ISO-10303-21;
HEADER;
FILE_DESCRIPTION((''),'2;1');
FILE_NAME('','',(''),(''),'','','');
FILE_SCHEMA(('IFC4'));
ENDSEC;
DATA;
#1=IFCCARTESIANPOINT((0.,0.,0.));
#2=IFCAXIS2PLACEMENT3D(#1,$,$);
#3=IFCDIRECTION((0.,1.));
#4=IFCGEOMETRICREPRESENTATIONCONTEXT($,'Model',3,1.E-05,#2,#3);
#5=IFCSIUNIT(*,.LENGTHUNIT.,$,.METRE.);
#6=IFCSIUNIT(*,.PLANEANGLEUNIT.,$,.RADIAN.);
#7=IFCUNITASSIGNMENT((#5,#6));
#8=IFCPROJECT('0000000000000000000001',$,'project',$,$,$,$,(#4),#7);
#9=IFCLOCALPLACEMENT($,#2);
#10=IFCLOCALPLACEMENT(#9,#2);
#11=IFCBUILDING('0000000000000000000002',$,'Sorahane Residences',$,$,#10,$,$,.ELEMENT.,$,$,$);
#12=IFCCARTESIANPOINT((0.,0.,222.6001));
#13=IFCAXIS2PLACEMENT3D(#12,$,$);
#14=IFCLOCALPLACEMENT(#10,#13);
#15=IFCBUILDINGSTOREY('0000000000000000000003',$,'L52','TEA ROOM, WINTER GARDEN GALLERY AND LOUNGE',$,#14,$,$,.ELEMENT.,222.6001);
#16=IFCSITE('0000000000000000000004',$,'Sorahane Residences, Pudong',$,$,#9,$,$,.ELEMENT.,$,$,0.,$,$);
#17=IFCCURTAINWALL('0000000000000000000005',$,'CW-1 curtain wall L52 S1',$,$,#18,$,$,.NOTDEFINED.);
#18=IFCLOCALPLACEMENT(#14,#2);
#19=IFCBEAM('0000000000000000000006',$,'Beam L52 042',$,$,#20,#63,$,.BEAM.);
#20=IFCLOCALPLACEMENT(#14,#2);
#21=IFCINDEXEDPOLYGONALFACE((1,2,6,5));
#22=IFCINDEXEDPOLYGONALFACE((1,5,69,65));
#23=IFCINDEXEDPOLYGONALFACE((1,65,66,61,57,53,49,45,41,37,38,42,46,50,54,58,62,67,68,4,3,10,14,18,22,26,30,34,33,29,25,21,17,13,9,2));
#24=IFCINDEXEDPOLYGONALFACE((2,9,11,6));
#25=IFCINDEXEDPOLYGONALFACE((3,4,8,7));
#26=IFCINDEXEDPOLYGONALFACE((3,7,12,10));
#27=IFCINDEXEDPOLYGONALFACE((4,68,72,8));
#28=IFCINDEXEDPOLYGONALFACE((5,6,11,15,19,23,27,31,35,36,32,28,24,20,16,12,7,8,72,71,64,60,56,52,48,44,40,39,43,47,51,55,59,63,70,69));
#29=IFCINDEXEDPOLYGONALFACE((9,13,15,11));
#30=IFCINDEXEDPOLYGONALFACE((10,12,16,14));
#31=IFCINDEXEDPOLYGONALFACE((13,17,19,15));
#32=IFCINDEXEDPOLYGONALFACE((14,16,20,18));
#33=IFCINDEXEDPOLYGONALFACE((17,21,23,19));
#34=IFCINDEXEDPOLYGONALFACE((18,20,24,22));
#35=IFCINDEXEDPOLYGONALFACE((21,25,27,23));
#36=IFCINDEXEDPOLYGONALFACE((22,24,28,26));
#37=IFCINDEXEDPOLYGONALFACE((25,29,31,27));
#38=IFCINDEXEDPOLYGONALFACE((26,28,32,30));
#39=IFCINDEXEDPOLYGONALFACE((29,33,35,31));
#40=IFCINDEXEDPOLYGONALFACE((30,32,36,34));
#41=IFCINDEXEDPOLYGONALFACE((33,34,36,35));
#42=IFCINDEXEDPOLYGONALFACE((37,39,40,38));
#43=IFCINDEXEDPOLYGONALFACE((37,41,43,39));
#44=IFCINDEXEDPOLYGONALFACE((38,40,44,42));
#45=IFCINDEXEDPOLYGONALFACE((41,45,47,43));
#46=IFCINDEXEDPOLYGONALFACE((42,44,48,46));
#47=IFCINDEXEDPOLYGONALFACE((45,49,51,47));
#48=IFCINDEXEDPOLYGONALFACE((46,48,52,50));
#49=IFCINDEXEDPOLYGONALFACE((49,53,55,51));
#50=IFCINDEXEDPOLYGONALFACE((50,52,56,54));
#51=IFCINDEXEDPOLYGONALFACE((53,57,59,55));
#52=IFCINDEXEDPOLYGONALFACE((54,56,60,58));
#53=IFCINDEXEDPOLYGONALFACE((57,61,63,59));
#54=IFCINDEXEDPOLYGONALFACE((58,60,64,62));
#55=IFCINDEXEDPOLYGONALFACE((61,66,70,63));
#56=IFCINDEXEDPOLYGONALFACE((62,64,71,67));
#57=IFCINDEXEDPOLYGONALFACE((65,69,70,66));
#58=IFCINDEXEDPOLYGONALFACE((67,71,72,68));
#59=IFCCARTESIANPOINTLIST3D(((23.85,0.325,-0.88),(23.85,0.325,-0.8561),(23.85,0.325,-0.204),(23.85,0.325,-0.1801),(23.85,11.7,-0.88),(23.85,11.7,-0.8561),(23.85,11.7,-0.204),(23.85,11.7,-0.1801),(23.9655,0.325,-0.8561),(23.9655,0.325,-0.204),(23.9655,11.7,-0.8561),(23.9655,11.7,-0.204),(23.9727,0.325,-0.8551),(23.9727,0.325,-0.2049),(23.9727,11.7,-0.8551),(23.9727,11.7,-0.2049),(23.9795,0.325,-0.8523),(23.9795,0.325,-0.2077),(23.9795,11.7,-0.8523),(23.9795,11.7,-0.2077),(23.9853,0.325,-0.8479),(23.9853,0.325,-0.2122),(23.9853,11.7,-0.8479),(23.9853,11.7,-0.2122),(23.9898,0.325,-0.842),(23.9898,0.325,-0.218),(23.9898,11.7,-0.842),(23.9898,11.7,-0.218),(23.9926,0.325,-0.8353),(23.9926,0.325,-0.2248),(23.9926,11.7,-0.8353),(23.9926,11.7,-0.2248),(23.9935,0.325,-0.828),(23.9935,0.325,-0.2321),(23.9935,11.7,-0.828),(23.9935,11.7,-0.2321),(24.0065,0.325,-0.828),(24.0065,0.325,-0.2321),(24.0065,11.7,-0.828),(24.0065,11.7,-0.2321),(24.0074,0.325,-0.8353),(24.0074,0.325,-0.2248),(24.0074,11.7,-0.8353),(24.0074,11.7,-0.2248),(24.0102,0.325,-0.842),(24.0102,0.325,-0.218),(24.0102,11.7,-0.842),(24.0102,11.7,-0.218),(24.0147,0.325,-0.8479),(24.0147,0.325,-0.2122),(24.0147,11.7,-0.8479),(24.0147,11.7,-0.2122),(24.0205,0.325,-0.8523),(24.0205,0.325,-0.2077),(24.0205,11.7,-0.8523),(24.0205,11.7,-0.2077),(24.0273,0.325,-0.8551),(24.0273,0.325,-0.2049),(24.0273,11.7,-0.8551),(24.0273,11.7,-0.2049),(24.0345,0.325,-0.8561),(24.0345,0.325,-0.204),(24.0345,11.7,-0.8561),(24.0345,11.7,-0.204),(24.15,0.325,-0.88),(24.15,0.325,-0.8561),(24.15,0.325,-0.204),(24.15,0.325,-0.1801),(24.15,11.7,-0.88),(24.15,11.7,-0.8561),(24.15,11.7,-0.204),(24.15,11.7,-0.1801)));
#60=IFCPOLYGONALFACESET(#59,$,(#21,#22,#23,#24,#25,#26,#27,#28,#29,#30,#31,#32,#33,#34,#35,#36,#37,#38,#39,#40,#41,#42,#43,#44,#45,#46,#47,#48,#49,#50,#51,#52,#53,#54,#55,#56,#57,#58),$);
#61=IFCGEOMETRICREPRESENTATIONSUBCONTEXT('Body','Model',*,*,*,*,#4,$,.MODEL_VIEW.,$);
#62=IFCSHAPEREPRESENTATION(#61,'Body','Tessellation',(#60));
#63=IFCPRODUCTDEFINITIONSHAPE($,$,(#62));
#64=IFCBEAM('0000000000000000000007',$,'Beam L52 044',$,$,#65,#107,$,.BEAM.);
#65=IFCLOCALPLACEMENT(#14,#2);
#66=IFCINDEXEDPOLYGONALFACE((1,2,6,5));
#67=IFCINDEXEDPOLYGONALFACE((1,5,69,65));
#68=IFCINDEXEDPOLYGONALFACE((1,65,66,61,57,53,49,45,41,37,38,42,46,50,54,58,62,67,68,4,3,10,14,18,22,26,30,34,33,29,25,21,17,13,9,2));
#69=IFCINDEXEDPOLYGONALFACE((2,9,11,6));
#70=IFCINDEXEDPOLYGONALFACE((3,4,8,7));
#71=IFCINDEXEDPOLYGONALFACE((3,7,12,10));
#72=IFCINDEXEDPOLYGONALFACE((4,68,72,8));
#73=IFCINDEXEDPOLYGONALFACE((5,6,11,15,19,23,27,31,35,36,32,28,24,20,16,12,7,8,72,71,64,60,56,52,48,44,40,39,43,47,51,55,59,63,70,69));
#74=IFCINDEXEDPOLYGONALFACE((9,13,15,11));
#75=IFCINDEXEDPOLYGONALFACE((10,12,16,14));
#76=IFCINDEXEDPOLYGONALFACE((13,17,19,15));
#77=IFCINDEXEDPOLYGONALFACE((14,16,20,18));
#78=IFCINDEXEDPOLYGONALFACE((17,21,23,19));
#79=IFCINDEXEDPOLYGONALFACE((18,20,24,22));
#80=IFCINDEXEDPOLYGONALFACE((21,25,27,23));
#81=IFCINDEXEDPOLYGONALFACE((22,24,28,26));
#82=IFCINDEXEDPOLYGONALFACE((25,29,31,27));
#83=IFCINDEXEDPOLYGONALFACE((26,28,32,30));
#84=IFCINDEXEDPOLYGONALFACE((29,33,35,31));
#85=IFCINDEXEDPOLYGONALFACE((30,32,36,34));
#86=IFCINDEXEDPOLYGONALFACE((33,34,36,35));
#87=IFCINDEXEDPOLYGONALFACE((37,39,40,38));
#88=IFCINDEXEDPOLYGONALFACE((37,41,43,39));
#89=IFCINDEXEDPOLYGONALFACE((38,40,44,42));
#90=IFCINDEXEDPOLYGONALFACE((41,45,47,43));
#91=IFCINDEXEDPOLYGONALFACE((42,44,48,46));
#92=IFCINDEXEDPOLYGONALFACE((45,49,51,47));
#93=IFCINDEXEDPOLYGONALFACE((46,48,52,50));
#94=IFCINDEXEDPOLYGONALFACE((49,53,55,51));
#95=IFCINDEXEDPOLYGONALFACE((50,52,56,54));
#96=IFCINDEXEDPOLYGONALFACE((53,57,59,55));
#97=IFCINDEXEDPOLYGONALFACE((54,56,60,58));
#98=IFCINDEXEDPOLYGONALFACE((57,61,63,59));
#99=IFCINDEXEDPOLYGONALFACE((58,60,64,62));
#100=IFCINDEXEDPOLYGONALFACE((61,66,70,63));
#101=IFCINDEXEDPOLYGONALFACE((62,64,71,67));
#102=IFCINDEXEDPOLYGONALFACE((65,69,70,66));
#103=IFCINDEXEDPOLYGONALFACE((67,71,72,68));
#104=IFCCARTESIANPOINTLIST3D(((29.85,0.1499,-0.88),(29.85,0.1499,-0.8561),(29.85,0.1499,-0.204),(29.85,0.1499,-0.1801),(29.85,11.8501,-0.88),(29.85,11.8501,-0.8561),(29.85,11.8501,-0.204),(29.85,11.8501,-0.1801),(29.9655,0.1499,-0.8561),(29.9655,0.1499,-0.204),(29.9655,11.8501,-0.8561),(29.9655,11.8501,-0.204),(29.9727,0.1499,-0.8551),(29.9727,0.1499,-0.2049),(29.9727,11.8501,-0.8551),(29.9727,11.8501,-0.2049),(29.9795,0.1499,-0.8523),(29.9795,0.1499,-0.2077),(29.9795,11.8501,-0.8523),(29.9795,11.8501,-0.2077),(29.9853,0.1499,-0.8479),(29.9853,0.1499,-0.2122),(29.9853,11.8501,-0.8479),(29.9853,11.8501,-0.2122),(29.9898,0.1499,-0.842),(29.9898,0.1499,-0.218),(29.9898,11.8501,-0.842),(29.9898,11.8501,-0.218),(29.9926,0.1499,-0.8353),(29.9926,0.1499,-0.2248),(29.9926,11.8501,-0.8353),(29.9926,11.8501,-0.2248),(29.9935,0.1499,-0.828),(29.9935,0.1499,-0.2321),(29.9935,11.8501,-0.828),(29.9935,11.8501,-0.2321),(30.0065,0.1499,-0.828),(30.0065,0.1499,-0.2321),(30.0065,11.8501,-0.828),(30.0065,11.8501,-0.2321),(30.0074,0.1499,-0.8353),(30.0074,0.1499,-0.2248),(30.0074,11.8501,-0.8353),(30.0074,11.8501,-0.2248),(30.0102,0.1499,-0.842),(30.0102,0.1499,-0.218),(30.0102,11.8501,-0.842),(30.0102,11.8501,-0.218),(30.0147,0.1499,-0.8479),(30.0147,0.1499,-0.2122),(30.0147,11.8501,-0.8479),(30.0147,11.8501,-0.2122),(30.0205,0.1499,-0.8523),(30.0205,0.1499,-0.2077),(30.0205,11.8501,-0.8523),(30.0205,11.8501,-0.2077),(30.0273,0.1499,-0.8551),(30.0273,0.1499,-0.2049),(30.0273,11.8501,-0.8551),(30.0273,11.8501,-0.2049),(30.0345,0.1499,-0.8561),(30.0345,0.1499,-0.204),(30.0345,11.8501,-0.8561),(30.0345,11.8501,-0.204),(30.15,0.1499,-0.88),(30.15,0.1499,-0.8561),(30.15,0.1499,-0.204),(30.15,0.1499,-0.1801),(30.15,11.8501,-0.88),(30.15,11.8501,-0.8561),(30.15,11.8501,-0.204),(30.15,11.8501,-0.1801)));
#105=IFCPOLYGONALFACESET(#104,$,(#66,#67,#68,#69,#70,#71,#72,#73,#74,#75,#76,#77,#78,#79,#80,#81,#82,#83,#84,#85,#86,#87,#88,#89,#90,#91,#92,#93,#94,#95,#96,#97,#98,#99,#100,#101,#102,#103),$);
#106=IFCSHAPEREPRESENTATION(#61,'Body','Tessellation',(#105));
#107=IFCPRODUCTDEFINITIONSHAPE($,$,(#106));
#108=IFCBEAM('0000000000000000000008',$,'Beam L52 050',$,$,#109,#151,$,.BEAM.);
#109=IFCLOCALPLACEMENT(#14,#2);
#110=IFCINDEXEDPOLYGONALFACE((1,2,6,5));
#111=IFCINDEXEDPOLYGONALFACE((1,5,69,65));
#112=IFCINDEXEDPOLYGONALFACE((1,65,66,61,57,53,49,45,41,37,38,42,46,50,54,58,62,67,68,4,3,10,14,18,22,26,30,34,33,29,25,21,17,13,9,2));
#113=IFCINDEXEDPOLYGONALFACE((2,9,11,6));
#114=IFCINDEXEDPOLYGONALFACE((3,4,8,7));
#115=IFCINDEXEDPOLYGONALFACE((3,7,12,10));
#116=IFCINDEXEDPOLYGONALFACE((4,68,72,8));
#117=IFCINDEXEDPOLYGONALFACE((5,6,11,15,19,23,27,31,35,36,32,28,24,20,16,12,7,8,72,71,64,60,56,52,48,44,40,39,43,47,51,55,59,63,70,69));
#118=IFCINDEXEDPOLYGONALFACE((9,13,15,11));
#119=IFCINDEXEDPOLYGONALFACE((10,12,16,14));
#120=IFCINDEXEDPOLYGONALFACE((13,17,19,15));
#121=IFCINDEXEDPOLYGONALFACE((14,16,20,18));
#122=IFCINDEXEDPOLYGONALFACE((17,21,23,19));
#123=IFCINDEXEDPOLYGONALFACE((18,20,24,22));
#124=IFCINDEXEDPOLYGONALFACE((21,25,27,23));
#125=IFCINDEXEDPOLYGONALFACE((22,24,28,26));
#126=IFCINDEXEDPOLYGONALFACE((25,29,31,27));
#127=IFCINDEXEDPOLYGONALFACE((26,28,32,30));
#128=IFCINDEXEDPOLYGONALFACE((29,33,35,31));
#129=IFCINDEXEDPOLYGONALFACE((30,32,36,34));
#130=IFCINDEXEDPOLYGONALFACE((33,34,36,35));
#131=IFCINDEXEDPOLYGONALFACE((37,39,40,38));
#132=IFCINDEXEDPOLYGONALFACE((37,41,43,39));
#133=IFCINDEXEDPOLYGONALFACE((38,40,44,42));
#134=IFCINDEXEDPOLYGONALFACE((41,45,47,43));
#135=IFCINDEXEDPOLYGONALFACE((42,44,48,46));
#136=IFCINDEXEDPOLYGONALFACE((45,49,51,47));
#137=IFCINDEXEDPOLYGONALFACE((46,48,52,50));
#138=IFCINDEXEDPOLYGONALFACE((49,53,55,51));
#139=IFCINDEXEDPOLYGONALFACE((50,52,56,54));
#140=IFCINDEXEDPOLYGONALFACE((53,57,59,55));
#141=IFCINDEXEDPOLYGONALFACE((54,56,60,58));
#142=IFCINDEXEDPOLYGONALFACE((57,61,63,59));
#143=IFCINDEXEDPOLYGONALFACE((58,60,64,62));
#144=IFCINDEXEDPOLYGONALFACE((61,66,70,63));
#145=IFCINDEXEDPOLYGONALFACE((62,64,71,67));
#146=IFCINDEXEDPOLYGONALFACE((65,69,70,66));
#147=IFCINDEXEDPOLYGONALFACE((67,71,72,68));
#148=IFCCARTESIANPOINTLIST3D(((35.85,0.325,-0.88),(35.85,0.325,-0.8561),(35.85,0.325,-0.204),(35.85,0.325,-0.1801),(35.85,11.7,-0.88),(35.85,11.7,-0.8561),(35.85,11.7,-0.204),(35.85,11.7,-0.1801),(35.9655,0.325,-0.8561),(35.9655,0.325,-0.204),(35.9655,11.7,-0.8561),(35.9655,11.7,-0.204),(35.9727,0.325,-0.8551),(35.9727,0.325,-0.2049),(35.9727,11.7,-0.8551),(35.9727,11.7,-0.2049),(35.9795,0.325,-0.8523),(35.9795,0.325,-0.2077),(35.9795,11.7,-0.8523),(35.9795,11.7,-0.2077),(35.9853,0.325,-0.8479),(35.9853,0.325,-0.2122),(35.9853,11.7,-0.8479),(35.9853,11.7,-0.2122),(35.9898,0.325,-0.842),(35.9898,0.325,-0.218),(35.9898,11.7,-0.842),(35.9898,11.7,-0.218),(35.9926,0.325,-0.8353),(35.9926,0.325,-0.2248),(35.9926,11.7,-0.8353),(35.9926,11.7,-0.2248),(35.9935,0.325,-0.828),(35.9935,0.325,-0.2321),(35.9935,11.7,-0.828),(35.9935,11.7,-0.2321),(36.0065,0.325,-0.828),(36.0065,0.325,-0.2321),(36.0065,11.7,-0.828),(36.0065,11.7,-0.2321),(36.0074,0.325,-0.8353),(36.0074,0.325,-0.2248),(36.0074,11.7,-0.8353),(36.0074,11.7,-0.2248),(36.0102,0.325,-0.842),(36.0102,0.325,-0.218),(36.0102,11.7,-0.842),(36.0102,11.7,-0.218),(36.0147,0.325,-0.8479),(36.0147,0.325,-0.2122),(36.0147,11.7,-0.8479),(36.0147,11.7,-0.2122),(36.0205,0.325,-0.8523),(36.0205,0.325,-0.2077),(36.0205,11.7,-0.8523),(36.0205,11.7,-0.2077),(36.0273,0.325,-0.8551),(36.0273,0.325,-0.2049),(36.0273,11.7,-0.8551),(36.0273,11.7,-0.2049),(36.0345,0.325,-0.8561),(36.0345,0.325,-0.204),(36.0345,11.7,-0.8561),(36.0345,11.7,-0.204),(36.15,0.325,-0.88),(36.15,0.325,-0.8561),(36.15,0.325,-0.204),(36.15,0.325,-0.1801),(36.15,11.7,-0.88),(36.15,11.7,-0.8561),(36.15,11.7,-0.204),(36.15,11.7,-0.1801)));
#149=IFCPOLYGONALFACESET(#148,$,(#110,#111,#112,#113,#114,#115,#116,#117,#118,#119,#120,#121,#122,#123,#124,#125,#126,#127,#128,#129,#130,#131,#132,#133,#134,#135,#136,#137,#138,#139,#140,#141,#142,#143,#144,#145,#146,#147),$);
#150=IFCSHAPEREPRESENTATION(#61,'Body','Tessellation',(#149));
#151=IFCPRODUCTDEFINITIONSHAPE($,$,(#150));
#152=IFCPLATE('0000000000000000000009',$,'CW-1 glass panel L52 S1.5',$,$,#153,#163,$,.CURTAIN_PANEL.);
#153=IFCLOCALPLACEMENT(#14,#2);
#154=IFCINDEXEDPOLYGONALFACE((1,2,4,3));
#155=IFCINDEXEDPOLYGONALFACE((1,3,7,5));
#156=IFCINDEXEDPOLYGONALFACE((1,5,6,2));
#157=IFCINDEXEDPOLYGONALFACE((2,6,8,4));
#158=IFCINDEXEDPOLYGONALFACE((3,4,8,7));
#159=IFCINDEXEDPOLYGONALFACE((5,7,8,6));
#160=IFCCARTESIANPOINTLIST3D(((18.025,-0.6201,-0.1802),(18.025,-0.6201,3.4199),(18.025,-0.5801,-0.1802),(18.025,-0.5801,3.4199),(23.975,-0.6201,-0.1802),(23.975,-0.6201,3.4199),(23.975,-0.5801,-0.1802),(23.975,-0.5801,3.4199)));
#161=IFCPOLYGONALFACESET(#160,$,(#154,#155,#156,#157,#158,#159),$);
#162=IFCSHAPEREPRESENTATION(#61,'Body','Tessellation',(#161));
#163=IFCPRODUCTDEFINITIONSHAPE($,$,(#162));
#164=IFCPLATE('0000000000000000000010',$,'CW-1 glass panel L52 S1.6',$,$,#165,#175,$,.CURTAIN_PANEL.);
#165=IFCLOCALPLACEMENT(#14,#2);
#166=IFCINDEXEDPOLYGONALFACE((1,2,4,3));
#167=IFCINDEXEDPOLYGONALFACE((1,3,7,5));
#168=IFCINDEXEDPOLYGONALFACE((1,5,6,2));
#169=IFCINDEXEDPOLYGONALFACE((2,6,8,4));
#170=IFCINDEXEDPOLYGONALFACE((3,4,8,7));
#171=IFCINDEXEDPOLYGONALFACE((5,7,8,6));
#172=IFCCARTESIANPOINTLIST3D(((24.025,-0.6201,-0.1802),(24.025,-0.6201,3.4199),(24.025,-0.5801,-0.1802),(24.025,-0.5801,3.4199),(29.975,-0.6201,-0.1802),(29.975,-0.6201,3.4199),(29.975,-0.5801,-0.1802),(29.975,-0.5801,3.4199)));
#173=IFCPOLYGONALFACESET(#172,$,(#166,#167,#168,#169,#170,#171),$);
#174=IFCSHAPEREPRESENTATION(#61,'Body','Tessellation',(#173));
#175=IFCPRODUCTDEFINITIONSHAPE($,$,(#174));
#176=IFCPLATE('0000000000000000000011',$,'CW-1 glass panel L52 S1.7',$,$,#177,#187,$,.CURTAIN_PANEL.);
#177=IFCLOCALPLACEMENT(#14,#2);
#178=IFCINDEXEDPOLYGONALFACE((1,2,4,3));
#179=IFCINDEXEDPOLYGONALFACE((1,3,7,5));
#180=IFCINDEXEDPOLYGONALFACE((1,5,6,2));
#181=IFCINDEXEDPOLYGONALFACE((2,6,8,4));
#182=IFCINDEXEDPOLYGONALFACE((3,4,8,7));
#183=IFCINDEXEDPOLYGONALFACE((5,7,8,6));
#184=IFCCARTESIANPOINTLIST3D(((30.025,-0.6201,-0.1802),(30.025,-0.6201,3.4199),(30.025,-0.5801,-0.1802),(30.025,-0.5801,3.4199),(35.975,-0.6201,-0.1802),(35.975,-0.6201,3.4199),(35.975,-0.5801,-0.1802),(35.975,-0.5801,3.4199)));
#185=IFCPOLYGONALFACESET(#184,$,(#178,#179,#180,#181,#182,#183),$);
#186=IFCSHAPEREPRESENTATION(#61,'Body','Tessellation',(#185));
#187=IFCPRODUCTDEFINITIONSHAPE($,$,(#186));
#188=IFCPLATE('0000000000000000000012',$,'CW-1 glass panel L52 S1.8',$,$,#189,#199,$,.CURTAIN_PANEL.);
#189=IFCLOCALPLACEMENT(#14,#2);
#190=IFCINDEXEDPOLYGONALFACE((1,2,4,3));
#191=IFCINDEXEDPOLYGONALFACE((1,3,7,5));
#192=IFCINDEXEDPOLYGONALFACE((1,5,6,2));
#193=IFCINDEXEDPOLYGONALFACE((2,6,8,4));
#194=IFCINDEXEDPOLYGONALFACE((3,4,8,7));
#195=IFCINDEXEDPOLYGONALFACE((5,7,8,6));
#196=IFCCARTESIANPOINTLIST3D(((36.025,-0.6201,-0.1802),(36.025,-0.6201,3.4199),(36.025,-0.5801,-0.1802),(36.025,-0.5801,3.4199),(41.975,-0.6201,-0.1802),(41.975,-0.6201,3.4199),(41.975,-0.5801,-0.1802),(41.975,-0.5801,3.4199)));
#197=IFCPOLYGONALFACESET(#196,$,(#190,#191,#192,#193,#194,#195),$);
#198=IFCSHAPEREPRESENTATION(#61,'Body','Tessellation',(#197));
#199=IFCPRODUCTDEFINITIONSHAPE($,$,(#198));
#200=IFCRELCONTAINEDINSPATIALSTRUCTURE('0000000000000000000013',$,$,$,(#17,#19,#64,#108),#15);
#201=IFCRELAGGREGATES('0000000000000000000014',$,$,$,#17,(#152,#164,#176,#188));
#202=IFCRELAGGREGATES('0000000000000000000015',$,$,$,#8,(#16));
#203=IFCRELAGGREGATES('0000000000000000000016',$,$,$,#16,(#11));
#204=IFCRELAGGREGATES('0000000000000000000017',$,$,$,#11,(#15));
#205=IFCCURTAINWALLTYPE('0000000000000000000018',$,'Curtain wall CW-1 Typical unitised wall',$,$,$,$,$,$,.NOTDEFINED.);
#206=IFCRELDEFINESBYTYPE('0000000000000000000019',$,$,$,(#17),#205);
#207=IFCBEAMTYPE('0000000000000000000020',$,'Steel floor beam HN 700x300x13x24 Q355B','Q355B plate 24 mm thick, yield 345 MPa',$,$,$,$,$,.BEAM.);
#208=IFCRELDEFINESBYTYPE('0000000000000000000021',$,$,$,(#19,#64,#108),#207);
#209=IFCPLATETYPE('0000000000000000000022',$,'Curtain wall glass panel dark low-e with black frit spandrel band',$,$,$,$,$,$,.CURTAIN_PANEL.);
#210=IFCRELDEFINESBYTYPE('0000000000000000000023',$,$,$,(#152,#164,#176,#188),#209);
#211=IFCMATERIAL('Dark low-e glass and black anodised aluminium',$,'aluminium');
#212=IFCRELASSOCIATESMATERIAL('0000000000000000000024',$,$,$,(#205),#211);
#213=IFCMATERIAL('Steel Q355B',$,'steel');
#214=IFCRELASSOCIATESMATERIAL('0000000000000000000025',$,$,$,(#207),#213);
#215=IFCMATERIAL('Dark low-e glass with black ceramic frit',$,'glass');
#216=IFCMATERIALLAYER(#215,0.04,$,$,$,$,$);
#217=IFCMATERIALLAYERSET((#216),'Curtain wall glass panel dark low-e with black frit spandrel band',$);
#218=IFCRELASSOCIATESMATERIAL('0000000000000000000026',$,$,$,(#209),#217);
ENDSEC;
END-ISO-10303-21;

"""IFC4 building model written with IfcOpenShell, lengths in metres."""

from ifc_helpers import new_model, si_unit, direction, frame, origin, origin_2d, place, context, subcontext, project, spatial, rectangle, i_section, extrude, material, layer, layer_set, material_profile, profile_set, type_object, element, aggregate, save


model = new_model("IFC4")

# Units and contexts
model_context = context("Model", 3, precision=1e-05, world=origin(), true_north=direction((0.0, 1.0)))
body_context = subcontext(model_context, "Body", "Model", "MODEL_VIEW")
ifc_project = project(units=[si_unit("LENGTHUNIT", "METRE"), si_unit("PLANEANGLEUNIT", "RADIAN")], contexts=[model_context])

# Site, building, storey
site_placement = place(None, origin())
site = spatial("IfcSite", under=ifc_project, at=site_placement, Name="Sorahane Residences, Pudong", CompositionType="ELEMENT", RefElevation=0.0)
building_placement = place(site_placement, origin())
building = spatial("IfcBuilding", under=site, at=building_placement, Name="Sorahane Residences", CompositionType="ELEMENT")
storey_placement = place(building_placement, frame((0.0, 0.0, 222.6001)))
storey = spatial("IfcBuildingStorey", under=building, at=storey_placement, Name="L52", Description="TEA ROOM, WINTER GARDEN GALLERY AND LOUNGE", CompositionType="ELEMENT", Elevation=222.6001)

# Curtain wall
ifc_material_1 = material(Name="Dark low-e glass and black anodised aluminium", Category="aluminium")
curtain_wall_type = type_object("IfcCurtainWallType", Name="Curtain wall CW-1 Typical unitised wall", PredefinedType="NOTDEFINED", material=ifc_material_1)
curtain_wall_placement = place(storey_placement, origin())
curtain_wall = element("IfcCurtainWall", 1, at=curtain_wall_placement, inside=storey, type_object=curtain_wall_type, Name="CW-1 curtain wall L52 S1", PredefinedType="NOTDEFINED")

# Beams
ifc_material_2 = material(Name="Steel Q355B", Category="steel")
ifc_material_profile_1 = material_profile(ifc_material_2, i_section(OverallWidth=0.3, OverallDepth=0.7, WebThickness=0.0129, FlangeThickness=0.0239, FilletRadius=0.0281, at=origin_2d()), Name="HN 700x300x13x24")
ifc_profile_set_1 = profile_set([ifc_material_profile_1], Name="Steel Q355B")
beam_type_1 = type_object("IfcBeamType", Name="Steel floor beam HN 700x300x13x24 Q355B", Description="Q355B plate 24 mm thick, yield 345 MPa", PredefinedType="BEAM", material=ifc_profile_set_1)
beam_1_placement = place(storey_placement, frame((24.0, 0.325, -0.53), z_axis=(0.0, 1.0, 0.0), x_axis=(-1.0, 0.0, 0.0)))
element("IfcBeam", 2, at=beam_1_placement, inside=storey, type_object=beam_type_1, Name="Beam L52 042", PredefinedType="BEAM", context=body_context, shape_type="SweptSolid", body=[
    extrude(i_section(OverallWidth=0.3, OverallDepth=0.7, WebThickness=0.0129, FlangeThickness=0.0239, FilletRadius=0.0281, at=origin_2d()), origin(), (0.0, 0.0, 1.0), 11.375),
])
beam_2_placement = place(storey_placement, frame((30.0, 0.1499, -0.53), z_axis=(0.0, 1.0, 0.0), x_axis=(-1.0, 0.0, 0.0)))
element("IfcBeam", 3, at=beam_2_placement, inside=storey, type_object=beam_type_1, Name="Beam L52 044", PredefinedType="BEAM", context=body_context, shape_type="SweptSolid", body=[
    extrude(i_section(OverallWidth=0.3, OverallDepth=0.7, WebThickness=0.0129, FlangeThickness=0.0239, FilletRadius=0.0281, at=origin_2d()), origin(), (0.0, 0.0, 1.0), 11.7002),
])
beam_3_placement = place(storey_placement, frame((36.0, 0.325, -0.53), z_axis=(0.0, 1.0, 0.0), x_axis=(-1.0, 0.0, 0.0)))
element("IfcBeam", 4, at=beam_3_placement, inside=storey, type_object=beam_type_1, Name="Beam L52 050", PredefinedType="BEAM", context=body_context, shape_type="SweptSolid", body=[
    extrude(i_section(OverallWidth=0.3, OverallDepth=0.7, WebThickness=0.0129, FlangeThickness=0.0239, FilletRadius=0.0281, at=origin_2d()), origin(), (0.0, 0.0, 1.0), 11.375),
])

# Plates
ifc_material_3 = material(Name="Dark low-e glass with black ceramic frit", Category="glass")
ifc_layer_1 = layer(ifc_material_3, 0.04)
ifc_layer_set_1 = layer_set([ifc_layer_1], Name="Curtain wall glass panel dark low-e with black frit spandrel band")
plate_type = type_object("IfcPlateType", Name="Curtain wall glass panel dark low-e with black frit spandrel band", PredefinedType="CURTAIN_PANEL", material=ifc_layer_set_1)
plate_1_placement = place(storey_placement, frame((21.0, -0.6001, -0.1802), z_axis=(0.0, 0.0, 1.0), x_axis=(1.0, 0.0, 0.0)))
plate_1 = element("IfcPlate", 5, at=plate_1_placement, type_object=plate_type, Name="CW-1 glass panel L52 S1.5", PredefinedType="CURTAIN_PANEL", context=body_context, shape_type="SweptSolid", body=[
    extrude(rectangle(XDim=5.95, YDim=0.04, at=origin_2d()), origin(), (0.0, 0.0, 1.0), 3.6001),
])
plate_2_placement = place(storey_placement, frame((27.0, -0.6001, -0.1802), z_axis=(0.0, 0.0, 1.0), x_axis=(1.0, 0.0, 0.0)))
plate_2 = element("IfcPlate", 6, at=plate_2_placement, type_object=plate_type, Name="CW-1 glass panel L52 S1.6", PredefinedType="CURTAIN_PANEL", context=body_context, shape_type="SweptSolid", body=[
    extrude(rectangle(XDim=5.95, YDim=0.04, at=origin_2d()), origin(), (0.0, 0.0, 1.0), 3.6001),
])
plate_3_placement = place(storey_placement, frame((33.0, -0.6001, -0.1802), z_axis=(0.0, 0.0, 1.0), x_axis=(1.0, 0.0, 0.0)))
plate_3 = element("IfcPlate", 7, at=plate_3_placement, type_object=plate_type, Name="CW-1 glass panel L52 S1.7", PredefinedType="CURTAIN_PANEL", context=body_context, shape_type="SweptSolid", body=[
    extrude(rectangle(XDim=5.95, YDim=0.04, at=origin_2d()), origin(), (0.0, 0.0, 1.0), 3.6001),
])
plate_4_placement = place(storey_placement, frame((39.0, -0.6001, -0.1802), z_axis=(0.0, 0.0, 1.0), x_axis=(1.0, 0.0, 0.0)))
plate_4 = element("IfcPlate", 8, at=plate_4_placement, type_object=plate_type, Name="CW-1 glass panel L52 S1.8", PredefinedType="CURTAIN_PANEL", context=body_context, shape_type="SweptSolid", body=[
    extrude(rectangle(XDim=5.95, YDim=0.04, at=origin_2d()), origin(), (0.0, 0.0, 1.0), 3.6001),
])
aggregate(curtain_wall, [plate_1, plate_2, plate_3, plate_4])

save(model, "model.ifc")
